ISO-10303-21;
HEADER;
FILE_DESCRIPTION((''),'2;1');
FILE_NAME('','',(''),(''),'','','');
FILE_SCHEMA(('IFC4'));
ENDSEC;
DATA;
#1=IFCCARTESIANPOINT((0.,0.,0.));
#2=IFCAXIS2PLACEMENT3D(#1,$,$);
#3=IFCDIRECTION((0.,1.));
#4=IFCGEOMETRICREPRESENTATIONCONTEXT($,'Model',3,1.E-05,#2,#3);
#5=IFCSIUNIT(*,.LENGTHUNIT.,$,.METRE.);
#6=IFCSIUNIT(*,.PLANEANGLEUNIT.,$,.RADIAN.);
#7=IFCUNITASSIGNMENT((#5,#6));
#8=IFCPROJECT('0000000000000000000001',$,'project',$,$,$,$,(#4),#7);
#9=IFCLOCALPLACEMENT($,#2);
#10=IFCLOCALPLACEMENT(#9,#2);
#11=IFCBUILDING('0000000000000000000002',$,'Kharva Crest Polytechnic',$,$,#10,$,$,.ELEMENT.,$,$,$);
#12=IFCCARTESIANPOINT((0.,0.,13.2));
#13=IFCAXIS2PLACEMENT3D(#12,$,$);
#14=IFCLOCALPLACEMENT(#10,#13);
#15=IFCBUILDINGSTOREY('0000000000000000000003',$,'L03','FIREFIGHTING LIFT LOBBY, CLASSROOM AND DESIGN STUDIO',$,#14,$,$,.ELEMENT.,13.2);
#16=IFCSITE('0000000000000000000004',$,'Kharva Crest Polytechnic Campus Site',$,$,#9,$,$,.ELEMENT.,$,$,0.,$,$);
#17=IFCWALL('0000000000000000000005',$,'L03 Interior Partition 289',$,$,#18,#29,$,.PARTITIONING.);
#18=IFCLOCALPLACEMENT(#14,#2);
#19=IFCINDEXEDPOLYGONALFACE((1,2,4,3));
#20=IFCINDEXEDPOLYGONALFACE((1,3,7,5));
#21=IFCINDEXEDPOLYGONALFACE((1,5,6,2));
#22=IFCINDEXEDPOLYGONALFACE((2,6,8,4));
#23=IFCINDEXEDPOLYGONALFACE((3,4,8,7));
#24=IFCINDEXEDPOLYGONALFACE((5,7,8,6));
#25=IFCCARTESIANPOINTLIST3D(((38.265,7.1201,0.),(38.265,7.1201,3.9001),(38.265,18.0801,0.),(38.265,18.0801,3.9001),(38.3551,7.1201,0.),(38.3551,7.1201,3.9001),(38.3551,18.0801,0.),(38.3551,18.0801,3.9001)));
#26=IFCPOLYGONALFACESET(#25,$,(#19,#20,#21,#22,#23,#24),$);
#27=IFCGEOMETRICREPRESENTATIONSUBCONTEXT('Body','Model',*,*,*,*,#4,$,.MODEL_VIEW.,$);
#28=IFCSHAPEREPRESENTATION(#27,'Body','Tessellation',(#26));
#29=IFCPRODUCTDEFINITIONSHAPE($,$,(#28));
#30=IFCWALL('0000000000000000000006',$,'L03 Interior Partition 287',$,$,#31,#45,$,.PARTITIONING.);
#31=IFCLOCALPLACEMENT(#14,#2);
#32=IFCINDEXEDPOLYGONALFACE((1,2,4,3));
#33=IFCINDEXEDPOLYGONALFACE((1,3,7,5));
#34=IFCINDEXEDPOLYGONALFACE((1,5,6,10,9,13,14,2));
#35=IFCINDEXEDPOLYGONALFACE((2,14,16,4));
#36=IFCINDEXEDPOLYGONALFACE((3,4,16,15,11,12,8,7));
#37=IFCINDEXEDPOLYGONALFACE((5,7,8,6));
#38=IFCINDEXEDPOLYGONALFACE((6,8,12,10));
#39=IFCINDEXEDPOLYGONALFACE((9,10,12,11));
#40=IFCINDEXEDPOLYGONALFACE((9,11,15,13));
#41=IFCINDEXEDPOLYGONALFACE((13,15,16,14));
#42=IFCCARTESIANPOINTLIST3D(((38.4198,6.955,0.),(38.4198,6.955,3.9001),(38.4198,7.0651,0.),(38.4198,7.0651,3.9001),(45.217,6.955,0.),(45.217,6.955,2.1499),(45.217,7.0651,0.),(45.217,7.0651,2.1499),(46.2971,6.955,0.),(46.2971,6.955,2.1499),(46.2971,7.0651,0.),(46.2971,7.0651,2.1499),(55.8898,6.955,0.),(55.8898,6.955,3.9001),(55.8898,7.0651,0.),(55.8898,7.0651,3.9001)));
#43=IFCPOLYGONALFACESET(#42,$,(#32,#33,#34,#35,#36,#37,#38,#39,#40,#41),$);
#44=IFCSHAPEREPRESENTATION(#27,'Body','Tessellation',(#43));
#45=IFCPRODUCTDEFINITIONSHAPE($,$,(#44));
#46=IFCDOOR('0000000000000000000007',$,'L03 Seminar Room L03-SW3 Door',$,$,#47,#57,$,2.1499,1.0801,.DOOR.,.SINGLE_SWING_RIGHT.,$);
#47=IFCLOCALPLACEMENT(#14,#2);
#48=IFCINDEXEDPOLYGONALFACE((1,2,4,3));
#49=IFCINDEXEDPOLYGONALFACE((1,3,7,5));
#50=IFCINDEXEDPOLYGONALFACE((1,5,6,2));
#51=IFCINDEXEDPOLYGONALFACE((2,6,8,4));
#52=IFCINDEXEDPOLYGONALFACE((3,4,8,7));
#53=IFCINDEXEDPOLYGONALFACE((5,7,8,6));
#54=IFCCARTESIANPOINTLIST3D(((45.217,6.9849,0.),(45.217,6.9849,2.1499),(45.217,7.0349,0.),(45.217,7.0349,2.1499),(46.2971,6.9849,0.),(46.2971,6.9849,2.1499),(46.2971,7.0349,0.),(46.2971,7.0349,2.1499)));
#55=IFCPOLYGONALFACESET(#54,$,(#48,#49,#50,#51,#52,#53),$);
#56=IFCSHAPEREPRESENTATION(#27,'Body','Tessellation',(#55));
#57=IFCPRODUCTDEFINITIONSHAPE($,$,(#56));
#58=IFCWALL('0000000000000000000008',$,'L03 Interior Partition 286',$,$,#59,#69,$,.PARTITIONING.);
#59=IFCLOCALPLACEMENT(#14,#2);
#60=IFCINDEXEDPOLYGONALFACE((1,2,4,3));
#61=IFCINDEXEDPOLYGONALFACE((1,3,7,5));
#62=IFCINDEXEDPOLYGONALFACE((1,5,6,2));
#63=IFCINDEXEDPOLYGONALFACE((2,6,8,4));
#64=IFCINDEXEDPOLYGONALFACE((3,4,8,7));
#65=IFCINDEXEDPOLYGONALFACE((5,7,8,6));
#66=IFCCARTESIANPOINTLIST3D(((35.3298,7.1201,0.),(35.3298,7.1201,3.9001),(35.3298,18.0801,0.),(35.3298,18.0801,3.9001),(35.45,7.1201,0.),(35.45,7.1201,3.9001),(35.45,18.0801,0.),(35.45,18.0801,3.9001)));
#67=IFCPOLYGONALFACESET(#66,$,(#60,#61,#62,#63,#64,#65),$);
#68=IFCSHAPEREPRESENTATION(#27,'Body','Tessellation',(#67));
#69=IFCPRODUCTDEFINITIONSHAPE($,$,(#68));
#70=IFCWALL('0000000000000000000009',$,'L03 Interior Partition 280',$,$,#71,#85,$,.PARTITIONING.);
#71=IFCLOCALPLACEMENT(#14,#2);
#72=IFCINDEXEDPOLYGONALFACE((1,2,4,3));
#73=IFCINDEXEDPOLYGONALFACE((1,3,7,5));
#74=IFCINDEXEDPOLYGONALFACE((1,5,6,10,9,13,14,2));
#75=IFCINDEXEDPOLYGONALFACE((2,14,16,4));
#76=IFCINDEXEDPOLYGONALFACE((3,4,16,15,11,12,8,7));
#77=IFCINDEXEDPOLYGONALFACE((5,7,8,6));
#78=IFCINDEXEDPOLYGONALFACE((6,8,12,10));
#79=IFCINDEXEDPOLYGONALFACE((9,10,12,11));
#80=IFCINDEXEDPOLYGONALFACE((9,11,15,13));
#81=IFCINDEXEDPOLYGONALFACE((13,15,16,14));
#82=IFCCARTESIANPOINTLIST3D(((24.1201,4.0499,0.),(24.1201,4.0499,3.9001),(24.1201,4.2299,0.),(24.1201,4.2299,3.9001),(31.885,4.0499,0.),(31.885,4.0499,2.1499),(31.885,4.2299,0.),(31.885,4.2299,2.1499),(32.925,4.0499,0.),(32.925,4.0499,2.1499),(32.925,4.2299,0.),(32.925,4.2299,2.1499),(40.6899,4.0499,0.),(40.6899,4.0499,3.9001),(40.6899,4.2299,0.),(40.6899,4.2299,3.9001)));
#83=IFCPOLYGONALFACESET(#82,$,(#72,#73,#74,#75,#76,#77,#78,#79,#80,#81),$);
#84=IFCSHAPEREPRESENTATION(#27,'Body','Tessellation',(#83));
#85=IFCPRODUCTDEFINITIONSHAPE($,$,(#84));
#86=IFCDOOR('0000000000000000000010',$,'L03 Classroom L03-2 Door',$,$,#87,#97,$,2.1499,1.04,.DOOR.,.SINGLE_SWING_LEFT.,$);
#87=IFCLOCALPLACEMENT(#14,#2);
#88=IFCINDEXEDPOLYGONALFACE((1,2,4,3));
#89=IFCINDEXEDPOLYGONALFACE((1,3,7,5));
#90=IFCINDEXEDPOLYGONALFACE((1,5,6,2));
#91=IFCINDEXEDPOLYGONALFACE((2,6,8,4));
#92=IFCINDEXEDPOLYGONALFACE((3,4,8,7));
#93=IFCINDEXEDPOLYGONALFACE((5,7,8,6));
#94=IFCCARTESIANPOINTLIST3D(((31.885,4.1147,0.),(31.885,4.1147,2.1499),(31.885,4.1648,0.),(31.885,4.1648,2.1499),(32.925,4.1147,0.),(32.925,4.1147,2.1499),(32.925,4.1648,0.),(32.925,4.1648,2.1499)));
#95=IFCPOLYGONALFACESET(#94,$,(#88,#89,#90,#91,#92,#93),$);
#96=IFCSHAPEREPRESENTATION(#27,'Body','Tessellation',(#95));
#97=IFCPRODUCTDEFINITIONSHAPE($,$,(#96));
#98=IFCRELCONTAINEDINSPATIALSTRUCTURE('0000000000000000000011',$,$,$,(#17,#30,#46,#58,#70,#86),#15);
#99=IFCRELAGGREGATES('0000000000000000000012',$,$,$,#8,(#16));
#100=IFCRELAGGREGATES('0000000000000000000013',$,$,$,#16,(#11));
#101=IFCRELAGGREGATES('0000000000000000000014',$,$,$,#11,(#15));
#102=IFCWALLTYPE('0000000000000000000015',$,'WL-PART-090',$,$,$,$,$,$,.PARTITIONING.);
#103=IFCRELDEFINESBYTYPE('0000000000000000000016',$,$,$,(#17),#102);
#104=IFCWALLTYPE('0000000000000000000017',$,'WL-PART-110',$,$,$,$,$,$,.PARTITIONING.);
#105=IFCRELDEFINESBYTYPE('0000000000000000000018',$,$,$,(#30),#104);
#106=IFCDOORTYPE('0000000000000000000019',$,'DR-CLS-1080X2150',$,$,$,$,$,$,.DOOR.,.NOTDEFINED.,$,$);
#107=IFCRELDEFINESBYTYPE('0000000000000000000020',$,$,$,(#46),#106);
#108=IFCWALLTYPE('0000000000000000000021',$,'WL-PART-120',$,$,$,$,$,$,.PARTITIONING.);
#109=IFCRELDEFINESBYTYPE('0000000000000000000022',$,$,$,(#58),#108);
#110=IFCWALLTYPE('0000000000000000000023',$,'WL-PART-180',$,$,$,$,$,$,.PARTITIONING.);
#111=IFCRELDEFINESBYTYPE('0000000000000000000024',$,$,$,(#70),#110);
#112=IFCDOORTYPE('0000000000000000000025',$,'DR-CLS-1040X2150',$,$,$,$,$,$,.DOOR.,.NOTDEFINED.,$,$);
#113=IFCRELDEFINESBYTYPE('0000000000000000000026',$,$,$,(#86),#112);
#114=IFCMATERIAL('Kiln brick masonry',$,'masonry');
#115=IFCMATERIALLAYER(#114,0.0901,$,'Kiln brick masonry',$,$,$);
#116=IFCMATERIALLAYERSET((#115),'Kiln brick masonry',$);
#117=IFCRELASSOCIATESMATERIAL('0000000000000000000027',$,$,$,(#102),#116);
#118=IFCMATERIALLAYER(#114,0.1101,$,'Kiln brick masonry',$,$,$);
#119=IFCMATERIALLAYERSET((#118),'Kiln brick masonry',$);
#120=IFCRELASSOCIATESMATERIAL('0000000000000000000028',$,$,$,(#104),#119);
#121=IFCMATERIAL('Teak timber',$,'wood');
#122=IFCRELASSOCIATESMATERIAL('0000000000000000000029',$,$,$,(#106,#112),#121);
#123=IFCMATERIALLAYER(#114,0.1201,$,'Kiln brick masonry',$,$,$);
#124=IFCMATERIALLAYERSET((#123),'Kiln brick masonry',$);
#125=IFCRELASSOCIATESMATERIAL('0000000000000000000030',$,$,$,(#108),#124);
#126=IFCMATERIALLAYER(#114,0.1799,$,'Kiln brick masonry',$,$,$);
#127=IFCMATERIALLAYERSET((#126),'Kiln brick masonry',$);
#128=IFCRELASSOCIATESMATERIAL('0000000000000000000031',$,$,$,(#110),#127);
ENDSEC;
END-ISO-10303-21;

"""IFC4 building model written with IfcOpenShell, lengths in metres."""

from ifc_helpers import new_model, si_unit, direction, frame, frame_2d, origin, place, context, subcontext, project, spatial, rectangle, extrude, material, layer, layer_set, type_object, element, fill, save


model = new_model("IFC4")

# Units and contexts
model_context = context("Model", 3, precision=1e-05, world=origin(), true_north=direction((0.0, 1.0)))
body_context = subcontext(model_context, "Body", "Model", "MODEL_VIEW")
ifc_project = project(units=[si_unit("LENGTHUNIT", "METRE"), si_unit("PLANEANGLEUNIT", "RADIAN")], contexts=[model_context])

# Site, building, storey
site_placement = place(None, origin())
site = spatial("IfcSite", under=ifc_project, at=site_placement, Name="Kharva Crest Polytechnic Campus Site", CompositionType="ELEMENT", RefElevation=0.0)
building_placement = place(site_placement, origin())
building = spatial("IfcBuilding", under=site, at=building_placement, Name="Kharva Crest Polytechnic", CompositionType="ELEMENT")
storey_placement = place(building_placement, frame((0.0, 0.0, 13.2)))
storey = spatial("IfcBuildingStorey", under=building, at=storey_placement, Name="L03", Description="FIREFIGHTING LIFT LOBBY, CLASSROOM AND DESIGN STUDIO", CompositionType="ELEMENT", Elevation=13.2)

# Shared definitions
ifc_material_1 = material(Name="Kiln brick masonry", Category="masonry")

# Wall
ifc_layer_1 = layer(ifc_material_1, 0.0901, Name="Kiln brick masonry")
ifc_layer_set_1 = layer_set([ifc_layer_1], Name="Kiln brick masonry")
wall_type_1 = type_object("IfcWallType", Name="WL-PART-090", PredefinedType="PARTITIONING", material=ifc_layer_set_1)
wall_1_placement = place(storey_placement, frame((38.3101, 7.1201, 0.0), z_axis=(0.0, 0.0, 1.0), x_axis=(0.0, 1.0, 0.0)))
element("IfcWall", 1, at=wall_1_placement, inside=storey, type_object=wall_type_1, Name="L03 Interior Partition 289", PredefinedType="PARTITIONING", context=body_context, shape_type="SweptSolid", body=[
    extrude(rectangle(XDim=10.96, YDim=0.0901, at=frame_2d((5.48, 0.0))), origin(), (0.0, 0.0, 1.0), 3.9001),
])

# Wall, opening, door
ifc_layer_2 = layer(ifc_material_1, 0.1101, Name="Kiln brick masonry")
ifc_layer_set_2 = layer_set([ifc_layer_2], Name="Kiln brick masonry")
wall_type_2 = type_object("IfcWallType", Name="WL-PART-110", PredefinedType="PARTITIONING", material=ifc_layer_set_2)
wall_2_placement = place(storey_placement, frame((38.4199, 7.01, 0.0), z_axis=(0.0, 0.0, 1.0), x_axis=(1.0, 0.0, 0.0)))
wall_2 = element("IfcWall", 2, at=wall_2_placement, inside=storey, type_object=wall_type_2, Name="L03 Interior Partition 287", PredefinedType="PARTITIONING", context=body_context, shape_type="SweptSolid", body=[
    extrude(rectangle(XDim=17.47, YDim=0.1101, at=frame_2d((8.7349, 0.0))), origin(), (0.0, 0.0, 1.0), 3.9001),
])
opening_1_placement = place(wall_2_placement, frame((6.7971, 0.0, 0.0)))
opening_1 = element("IfcOpeningElement", 3, at=opening_1_placement, cuts=wall_2, PredefinedType="OPENING", context=body_context, shape_type="SweptSolid", body=[
    extrude(rectangle(XDim=1.0801, YDim=2.1499, at=frame_2d((0.54, 1.075))), frame((0.0, 0.0649, 0.0), z_axis=(0.0, -1.0, 0.0), x_axis=(1.0, 0.0, 0.0)), (0.0, 0.0, 1.0), 0.1301),
])
ifc_material_2 = material(Name="Teak timber", Category="wood")
door_type_1 = type_object("IfcDoorType", Name="DR-CLS-1080X2150", OperationType="NOTDEFINED", PredefinedType="DOOR", material=ifc_material_2)
door_1_placement = place(opening_1_placement, origin())
door_1 = element("IfcDoor", 4, at=door_1_placement, inside=storey, type_object=door_type_1, Name="L03 Seminar Room L03-SW3 Door", OperationType="SINGLE_SWING_RIGHT", OverallHeight=2.1499, OverallWidth=1.0801, PredefinedType="DOOR", context=body_context, shape_type="SweptSolid", body=[
    extrude(rectangle(XDim=1.0801, YDim=2.1499, at=frame_2d((0.54, 1.075))), frame((0.0, 0.0249, 0.0), z_axis=(0.0, -1.0, 0.0), x_axis=(1.0, 0.0, 0.0)), (0.0, 0.0, 1.0), 0.05),
])
fill(opening_1, door_1)

# Wall
ifc_layer_3 = layer(ifc_material_1, 0.1201, Name="Kiln brick masonry")
ifc_layer_set_3 = layer_set([ifc_layer_3], Name="Kiln brick masonry")
wall_type_3 = type_object("IfcWallType", Name="WL-PART-120", PredefinedType="PARTITIONING", material=ifc_layer_set_3)
wall_3_placement = place(storey_placement, frame((35.3899, 7.1201, 0.0), z_axis=(0.0, 0.0, 1.0), x_axis=(0.0, 1.0, 0.0)))
element("IfcWall", 5, at=wall_3_placement, inside=storey, type_object=wall_type_3, Name="L03 Interior Partition 286", PredefinedType="PARTITIONING", context=body_context, shape_type="SweptSolid", body=[
    extrude(rectangle(XDim=10.96, YDim=0.1201, at=frame_2d((5.48, 0.0))), origin(), (0.0, 0.0, 1.0), 3.9001),
])

# Wall, opening, door
ifc_layer_4 = layer(ifc_material_1, 0.1799, Name="Kiln brick masonry")
ifc_layer_set_4 = layer_set([ifc_layer_4], Name="Kiln brick masonry")
wall_type_4 = type_object("IfcWallType", Name="WL-PART-180", PredefinedType="PARTITIONING", material=ifc_layer_set_4)
wall_4_placement = place(storey_placement, frame((24.1201, 4.1399, 0.0), z_axis=(0.0, 0.0, 1.0), x_axis=(1.0, 0.0, 0.0)))
wall_4 = element("IfcWall", 6, at=wall_4_placement, inside=storey, type_object=wall_type_4, Name="L03 Interior Partition 280", PredefinedType="PARTITIONING", context=body_context, shape_type="SweptSolid", body=[
    extrude(rectangle(XDim=16.5698, YDim=0.1799, at=frame_2d((8.2849, 0.0))), origin(), (0.0, 0.0, 1.0), 3.9001),
])
opening_2_placement = place(wall_4_placement, frame((7.7649, 0.0, 0.0)))
opening_2 = element("IfcOpeningElement", 7, at=opening_2_placement, cuts=wall_4, PredefinedType="OPENING", context=body_context, shape_type="SweptSolid", body=[
    extrude(rectangle(XDim=1.04, YDim=2.1499, at=frame_2d((0.52, 1.075))), frame((0.0, 0.0999, 0.0), z_axis=(0.0, -1.0, 0.0), x_axis=(1.0, 0.0, 0.0)), (0.0, 0.0, 1.0), 0.2),
])
door_type_2 = type_object("IfcDoorType", Name="DR-CLS-1040X2150", OperationType="NOTDEFINED", PredefinedType="DOOR", material=ifc_material_2)
door_2_placement = place(opening_2_placement, origin())
door_2 = element("IfcDoor", 8, at=door_2_placement, inside=storey, type_object=door_type_2, Name="L03 Classroom L03-2 Door", OperationType="SINGLE_SWING_LEFT", OverallHeight=2.1499, OverallWidth=1.04, PredefinedType="DOOR", context=body_context, shape_type="SweptSolid", body=[
    extrude(rectangle(XDim=1.04, YDim=2.1499, at=frame_2d((0.52, 1.075))), frame((0.0, 0.0249, 0.0), z_axis=(0.0, -1.0, 0.0), x_axis=(1.0, 0.0, 0.0)), (0.0, 0.0, 1.0), 0.05),
])
fill(opening_2, door_2)

save(model, "model.ifc")
